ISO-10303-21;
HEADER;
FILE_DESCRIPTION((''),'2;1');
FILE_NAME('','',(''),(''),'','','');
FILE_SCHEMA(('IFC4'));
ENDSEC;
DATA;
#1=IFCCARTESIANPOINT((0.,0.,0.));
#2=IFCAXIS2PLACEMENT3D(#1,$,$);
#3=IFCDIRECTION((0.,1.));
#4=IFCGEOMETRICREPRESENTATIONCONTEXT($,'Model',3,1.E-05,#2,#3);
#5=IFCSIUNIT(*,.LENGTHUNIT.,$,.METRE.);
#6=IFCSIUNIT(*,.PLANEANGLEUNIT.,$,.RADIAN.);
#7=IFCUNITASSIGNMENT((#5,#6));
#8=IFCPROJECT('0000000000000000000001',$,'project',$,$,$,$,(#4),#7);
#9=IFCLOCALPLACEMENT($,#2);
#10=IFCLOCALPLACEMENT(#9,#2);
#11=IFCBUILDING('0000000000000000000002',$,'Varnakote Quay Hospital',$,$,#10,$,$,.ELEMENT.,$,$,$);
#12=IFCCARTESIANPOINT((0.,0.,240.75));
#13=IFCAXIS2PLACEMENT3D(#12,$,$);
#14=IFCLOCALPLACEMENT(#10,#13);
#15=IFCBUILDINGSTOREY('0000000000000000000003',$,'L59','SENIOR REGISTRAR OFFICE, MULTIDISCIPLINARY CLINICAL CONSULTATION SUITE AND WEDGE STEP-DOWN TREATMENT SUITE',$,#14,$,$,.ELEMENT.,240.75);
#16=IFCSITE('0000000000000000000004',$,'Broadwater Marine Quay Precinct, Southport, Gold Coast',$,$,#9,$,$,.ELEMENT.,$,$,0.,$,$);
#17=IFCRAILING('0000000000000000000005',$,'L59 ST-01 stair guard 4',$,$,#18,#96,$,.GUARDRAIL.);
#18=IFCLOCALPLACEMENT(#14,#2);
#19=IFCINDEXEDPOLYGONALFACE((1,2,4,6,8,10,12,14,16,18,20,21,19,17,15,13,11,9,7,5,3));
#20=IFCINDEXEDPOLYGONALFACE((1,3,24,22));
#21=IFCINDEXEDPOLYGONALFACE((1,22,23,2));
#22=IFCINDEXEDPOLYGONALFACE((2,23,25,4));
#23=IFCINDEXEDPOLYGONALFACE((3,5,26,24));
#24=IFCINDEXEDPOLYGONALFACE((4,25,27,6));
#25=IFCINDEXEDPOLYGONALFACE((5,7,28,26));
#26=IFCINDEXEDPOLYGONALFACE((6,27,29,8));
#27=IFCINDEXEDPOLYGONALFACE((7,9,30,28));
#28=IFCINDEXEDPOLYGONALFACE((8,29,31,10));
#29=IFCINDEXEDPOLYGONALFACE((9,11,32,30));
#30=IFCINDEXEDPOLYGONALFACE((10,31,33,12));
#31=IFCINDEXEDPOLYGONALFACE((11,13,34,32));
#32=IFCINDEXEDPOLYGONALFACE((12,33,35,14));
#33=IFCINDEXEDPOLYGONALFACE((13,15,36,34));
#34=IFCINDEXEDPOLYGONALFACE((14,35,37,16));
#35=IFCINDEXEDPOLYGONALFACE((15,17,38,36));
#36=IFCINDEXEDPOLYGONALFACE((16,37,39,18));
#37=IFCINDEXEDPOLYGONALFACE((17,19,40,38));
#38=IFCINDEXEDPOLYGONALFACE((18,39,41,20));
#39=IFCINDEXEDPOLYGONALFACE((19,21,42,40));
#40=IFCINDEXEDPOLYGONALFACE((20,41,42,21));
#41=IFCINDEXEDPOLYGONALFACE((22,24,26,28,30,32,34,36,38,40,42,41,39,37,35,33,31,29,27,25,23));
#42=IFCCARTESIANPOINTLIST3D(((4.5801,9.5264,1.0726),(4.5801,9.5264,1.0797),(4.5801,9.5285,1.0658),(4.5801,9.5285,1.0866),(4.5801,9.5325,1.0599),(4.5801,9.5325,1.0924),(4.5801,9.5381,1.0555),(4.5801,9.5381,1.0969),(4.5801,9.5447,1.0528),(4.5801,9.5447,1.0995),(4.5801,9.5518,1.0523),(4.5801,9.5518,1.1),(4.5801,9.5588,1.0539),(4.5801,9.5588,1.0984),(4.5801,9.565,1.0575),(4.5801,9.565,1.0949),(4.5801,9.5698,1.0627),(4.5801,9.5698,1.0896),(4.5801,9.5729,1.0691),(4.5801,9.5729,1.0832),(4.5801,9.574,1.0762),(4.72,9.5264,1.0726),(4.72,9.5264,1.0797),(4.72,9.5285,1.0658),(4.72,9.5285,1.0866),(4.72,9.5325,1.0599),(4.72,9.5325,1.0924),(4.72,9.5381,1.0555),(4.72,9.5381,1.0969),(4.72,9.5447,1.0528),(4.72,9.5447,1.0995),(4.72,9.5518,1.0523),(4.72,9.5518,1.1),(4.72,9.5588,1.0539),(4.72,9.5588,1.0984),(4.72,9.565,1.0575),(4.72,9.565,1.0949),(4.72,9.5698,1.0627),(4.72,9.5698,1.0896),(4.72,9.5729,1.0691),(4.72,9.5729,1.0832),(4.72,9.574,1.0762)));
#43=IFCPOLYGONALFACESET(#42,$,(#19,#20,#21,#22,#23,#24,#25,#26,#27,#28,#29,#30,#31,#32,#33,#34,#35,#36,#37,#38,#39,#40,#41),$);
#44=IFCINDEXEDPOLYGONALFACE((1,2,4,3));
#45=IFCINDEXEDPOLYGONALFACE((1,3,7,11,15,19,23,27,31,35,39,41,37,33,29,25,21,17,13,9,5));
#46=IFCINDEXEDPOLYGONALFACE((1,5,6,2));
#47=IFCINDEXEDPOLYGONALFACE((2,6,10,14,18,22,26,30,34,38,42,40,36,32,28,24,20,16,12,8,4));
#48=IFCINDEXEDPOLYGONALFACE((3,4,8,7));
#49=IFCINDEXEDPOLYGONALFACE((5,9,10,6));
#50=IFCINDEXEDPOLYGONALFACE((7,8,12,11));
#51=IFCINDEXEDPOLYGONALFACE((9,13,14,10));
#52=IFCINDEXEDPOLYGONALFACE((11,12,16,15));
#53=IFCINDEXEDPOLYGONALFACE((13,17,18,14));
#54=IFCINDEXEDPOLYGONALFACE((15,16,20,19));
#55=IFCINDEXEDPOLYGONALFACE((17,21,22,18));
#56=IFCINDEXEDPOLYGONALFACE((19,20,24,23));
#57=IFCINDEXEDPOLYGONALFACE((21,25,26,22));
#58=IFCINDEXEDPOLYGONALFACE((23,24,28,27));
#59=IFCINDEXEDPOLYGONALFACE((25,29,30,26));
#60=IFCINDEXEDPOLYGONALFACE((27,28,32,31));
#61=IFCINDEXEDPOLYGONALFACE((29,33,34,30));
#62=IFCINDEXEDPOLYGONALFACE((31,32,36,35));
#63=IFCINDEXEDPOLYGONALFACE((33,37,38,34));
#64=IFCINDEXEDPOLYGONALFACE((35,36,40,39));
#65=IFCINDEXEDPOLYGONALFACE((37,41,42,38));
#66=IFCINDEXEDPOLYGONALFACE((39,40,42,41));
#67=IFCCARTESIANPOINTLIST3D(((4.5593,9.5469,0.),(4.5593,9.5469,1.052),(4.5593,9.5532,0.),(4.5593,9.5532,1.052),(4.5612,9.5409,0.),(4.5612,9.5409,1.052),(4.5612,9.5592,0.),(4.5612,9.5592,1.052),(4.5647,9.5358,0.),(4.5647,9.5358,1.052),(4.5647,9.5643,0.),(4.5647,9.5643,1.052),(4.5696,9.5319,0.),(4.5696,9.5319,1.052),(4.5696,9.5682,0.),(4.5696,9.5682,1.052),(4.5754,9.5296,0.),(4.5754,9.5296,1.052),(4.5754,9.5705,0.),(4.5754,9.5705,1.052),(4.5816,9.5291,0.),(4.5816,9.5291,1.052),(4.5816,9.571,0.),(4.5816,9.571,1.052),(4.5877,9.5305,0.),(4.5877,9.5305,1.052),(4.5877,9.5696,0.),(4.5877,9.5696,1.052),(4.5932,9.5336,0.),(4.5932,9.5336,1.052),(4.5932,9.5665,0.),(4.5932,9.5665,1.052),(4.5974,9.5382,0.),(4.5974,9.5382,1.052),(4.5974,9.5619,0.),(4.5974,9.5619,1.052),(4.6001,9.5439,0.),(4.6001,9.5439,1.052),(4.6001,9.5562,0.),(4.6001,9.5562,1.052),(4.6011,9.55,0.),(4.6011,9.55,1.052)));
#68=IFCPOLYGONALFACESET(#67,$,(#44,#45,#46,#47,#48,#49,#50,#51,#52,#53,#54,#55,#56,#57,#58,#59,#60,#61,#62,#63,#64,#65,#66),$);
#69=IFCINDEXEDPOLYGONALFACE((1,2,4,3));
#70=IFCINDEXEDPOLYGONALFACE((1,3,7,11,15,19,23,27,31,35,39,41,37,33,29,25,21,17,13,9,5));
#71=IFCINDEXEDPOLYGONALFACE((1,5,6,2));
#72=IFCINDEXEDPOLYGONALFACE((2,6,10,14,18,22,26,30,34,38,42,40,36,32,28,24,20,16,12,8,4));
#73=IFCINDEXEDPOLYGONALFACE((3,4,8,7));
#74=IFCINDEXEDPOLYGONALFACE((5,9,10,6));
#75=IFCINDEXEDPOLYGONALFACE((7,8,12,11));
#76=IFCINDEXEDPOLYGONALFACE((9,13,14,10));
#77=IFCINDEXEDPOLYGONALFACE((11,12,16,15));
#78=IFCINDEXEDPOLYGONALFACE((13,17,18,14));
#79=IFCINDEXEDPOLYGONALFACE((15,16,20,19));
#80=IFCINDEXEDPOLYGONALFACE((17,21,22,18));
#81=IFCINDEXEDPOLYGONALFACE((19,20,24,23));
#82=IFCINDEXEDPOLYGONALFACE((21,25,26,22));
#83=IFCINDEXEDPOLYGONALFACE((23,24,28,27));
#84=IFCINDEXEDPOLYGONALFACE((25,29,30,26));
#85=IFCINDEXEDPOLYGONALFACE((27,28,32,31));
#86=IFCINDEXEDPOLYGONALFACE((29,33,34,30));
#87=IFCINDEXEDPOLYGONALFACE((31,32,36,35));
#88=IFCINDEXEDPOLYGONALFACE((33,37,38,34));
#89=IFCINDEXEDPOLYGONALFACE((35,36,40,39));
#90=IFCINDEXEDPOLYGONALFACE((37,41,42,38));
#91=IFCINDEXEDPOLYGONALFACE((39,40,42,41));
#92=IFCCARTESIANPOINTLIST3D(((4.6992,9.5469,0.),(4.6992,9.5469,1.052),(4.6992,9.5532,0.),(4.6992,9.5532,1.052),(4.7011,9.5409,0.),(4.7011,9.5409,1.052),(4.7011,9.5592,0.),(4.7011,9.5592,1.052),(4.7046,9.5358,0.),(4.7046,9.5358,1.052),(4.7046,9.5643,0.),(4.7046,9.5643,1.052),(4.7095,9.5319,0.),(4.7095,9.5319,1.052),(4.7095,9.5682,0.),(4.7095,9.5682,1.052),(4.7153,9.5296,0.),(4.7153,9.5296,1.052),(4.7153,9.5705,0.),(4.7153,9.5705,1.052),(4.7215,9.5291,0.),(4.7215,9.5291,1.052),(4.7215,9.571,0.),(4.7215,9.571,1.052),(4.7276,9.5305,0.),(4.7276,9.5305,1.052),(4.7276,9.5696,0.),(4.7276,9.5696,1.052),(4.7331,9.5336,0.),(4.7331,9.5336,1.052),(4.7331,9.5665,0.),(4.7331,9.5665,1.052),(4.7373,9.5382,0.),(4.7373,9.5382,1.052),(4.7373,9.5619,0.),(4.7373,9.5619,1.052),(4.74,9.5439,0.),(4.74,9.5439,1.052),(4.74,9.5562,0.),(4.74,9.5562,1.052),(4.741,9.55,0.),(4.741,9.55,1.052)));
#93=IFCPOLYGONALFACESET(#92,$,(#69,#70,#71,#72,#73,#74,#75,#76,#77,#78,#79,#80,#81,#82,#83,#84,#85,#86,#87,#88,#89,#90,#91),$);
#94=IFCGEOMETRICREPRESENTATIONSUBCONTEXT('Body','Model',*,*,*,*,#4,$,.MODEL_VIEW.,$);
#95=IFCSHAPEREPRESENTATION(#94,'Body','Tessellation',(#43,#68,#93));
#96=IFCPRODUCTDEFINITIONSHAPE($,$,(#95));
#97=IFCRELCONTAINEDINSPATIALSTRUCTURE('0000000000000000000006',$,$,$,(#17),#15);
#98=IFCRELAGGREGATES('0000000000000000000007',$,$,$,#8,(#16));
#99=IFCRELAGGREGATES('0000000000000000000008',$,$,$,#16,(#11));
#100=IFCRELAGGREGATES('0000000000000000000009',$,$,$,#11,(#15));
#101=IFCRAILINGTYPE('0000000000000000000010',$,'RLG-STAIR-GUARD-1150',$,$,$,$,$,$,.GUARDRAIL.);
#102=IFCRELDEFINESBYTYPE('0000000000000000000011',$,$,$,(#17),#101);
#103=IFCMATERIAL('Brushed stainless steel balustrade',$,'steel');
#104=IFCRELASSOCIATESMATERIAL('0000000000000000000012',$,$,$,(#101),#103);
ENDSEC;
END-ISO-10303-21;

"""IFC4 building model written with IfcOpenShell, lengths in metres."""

from ifc_helpers import new_model, si_unit, direction, frame, origin, origin_2d, place, context, subcontext, project, spatial, circle, extrude, material, type_object, element, save


model = new_model("IFC4")

# Units and contexts
model_context = context("Model", 3, precision=1e-05, world=origin(), true_north=direction((0.0, 1.0)))
body_context = subcontext(model_context, "Body", "Model", "MODEL_VIEW")
ifc_project = project(units=[si_unit("LENGTHUNIT", "METRE"), si_unit("PLANEANGLEUNIT", "RADIAN")], contexts=[model_context])

# Site, building, storey
site_placement = place(None, origin())
site = spatial("IfcSite", under=ifc_project, at=site_placement, Name="Broadwater Marine Quay Precinct, Southport, Gold Coast", CompositionType="ELEMENT", RefElevation=0.0)
building_placement = place(site_placement, origin())
building = spatial("IfcBuilding", under=site, at=building_placement, Name="Varnakote Quay Hospital", CompositionType="ELEMENT")
storey_placement = place(building_placement, frame((0.0, 0.0, 240.75)))
storey = spatial("IfcBuildingStorey", under=building, at=storey_placement, Name="L59", Description="SENIOR REGISTRAR OFFICE, MULTIDISCIPLINARY CLINICAL CONSULTATION SUITE AND WEDGE STEP-DOWN TREATMENT SUITE", CompositionType="ELEMENT", Elevation=240.75)

# Railing
ifc_material_1 = material(Name="Brushed stainless steel balustrade", Category="steel")
railing_type_1 = type_object("IfcRailingType", Name="RLG-STAIR-GUARD-1150", PredefinedType="GUARDRAIL", material=ifc_material_1)
railing_1_placement = place(storey_placement, frame((4.5801, 9.55, 0.0)))
element("IfcRailing", 1, at=railing_1_placement, inside=storey, type_object=railing_type_1, Name="L59 ST-01 stair guard 4", PredefinedType="GUARDRAIL", context=body_context, shape_type="SweptSolid", body=[
    extrude(circle(Radius=0.0239, at=origin_2d()), frame((0.0, 0.0, 1.0762), z_axis=(1.0, 0.0, 0.0), x_axis=(0.0, 1.0, 0.0)), (0.0, 0.0, 1.0), 0.1399),
    extrude(circle(Radius=0.021, at=origin_2d()), origin(), (0.0, 0.0, 1.0), 1.052),
    extrude(circle(Radius=0.021, at=origin_2d()), frame((0.1399, 0.0, 0.0)), (0.0, 0.0, 1.0), 1.052),
])

save(model, "model.ifc")
